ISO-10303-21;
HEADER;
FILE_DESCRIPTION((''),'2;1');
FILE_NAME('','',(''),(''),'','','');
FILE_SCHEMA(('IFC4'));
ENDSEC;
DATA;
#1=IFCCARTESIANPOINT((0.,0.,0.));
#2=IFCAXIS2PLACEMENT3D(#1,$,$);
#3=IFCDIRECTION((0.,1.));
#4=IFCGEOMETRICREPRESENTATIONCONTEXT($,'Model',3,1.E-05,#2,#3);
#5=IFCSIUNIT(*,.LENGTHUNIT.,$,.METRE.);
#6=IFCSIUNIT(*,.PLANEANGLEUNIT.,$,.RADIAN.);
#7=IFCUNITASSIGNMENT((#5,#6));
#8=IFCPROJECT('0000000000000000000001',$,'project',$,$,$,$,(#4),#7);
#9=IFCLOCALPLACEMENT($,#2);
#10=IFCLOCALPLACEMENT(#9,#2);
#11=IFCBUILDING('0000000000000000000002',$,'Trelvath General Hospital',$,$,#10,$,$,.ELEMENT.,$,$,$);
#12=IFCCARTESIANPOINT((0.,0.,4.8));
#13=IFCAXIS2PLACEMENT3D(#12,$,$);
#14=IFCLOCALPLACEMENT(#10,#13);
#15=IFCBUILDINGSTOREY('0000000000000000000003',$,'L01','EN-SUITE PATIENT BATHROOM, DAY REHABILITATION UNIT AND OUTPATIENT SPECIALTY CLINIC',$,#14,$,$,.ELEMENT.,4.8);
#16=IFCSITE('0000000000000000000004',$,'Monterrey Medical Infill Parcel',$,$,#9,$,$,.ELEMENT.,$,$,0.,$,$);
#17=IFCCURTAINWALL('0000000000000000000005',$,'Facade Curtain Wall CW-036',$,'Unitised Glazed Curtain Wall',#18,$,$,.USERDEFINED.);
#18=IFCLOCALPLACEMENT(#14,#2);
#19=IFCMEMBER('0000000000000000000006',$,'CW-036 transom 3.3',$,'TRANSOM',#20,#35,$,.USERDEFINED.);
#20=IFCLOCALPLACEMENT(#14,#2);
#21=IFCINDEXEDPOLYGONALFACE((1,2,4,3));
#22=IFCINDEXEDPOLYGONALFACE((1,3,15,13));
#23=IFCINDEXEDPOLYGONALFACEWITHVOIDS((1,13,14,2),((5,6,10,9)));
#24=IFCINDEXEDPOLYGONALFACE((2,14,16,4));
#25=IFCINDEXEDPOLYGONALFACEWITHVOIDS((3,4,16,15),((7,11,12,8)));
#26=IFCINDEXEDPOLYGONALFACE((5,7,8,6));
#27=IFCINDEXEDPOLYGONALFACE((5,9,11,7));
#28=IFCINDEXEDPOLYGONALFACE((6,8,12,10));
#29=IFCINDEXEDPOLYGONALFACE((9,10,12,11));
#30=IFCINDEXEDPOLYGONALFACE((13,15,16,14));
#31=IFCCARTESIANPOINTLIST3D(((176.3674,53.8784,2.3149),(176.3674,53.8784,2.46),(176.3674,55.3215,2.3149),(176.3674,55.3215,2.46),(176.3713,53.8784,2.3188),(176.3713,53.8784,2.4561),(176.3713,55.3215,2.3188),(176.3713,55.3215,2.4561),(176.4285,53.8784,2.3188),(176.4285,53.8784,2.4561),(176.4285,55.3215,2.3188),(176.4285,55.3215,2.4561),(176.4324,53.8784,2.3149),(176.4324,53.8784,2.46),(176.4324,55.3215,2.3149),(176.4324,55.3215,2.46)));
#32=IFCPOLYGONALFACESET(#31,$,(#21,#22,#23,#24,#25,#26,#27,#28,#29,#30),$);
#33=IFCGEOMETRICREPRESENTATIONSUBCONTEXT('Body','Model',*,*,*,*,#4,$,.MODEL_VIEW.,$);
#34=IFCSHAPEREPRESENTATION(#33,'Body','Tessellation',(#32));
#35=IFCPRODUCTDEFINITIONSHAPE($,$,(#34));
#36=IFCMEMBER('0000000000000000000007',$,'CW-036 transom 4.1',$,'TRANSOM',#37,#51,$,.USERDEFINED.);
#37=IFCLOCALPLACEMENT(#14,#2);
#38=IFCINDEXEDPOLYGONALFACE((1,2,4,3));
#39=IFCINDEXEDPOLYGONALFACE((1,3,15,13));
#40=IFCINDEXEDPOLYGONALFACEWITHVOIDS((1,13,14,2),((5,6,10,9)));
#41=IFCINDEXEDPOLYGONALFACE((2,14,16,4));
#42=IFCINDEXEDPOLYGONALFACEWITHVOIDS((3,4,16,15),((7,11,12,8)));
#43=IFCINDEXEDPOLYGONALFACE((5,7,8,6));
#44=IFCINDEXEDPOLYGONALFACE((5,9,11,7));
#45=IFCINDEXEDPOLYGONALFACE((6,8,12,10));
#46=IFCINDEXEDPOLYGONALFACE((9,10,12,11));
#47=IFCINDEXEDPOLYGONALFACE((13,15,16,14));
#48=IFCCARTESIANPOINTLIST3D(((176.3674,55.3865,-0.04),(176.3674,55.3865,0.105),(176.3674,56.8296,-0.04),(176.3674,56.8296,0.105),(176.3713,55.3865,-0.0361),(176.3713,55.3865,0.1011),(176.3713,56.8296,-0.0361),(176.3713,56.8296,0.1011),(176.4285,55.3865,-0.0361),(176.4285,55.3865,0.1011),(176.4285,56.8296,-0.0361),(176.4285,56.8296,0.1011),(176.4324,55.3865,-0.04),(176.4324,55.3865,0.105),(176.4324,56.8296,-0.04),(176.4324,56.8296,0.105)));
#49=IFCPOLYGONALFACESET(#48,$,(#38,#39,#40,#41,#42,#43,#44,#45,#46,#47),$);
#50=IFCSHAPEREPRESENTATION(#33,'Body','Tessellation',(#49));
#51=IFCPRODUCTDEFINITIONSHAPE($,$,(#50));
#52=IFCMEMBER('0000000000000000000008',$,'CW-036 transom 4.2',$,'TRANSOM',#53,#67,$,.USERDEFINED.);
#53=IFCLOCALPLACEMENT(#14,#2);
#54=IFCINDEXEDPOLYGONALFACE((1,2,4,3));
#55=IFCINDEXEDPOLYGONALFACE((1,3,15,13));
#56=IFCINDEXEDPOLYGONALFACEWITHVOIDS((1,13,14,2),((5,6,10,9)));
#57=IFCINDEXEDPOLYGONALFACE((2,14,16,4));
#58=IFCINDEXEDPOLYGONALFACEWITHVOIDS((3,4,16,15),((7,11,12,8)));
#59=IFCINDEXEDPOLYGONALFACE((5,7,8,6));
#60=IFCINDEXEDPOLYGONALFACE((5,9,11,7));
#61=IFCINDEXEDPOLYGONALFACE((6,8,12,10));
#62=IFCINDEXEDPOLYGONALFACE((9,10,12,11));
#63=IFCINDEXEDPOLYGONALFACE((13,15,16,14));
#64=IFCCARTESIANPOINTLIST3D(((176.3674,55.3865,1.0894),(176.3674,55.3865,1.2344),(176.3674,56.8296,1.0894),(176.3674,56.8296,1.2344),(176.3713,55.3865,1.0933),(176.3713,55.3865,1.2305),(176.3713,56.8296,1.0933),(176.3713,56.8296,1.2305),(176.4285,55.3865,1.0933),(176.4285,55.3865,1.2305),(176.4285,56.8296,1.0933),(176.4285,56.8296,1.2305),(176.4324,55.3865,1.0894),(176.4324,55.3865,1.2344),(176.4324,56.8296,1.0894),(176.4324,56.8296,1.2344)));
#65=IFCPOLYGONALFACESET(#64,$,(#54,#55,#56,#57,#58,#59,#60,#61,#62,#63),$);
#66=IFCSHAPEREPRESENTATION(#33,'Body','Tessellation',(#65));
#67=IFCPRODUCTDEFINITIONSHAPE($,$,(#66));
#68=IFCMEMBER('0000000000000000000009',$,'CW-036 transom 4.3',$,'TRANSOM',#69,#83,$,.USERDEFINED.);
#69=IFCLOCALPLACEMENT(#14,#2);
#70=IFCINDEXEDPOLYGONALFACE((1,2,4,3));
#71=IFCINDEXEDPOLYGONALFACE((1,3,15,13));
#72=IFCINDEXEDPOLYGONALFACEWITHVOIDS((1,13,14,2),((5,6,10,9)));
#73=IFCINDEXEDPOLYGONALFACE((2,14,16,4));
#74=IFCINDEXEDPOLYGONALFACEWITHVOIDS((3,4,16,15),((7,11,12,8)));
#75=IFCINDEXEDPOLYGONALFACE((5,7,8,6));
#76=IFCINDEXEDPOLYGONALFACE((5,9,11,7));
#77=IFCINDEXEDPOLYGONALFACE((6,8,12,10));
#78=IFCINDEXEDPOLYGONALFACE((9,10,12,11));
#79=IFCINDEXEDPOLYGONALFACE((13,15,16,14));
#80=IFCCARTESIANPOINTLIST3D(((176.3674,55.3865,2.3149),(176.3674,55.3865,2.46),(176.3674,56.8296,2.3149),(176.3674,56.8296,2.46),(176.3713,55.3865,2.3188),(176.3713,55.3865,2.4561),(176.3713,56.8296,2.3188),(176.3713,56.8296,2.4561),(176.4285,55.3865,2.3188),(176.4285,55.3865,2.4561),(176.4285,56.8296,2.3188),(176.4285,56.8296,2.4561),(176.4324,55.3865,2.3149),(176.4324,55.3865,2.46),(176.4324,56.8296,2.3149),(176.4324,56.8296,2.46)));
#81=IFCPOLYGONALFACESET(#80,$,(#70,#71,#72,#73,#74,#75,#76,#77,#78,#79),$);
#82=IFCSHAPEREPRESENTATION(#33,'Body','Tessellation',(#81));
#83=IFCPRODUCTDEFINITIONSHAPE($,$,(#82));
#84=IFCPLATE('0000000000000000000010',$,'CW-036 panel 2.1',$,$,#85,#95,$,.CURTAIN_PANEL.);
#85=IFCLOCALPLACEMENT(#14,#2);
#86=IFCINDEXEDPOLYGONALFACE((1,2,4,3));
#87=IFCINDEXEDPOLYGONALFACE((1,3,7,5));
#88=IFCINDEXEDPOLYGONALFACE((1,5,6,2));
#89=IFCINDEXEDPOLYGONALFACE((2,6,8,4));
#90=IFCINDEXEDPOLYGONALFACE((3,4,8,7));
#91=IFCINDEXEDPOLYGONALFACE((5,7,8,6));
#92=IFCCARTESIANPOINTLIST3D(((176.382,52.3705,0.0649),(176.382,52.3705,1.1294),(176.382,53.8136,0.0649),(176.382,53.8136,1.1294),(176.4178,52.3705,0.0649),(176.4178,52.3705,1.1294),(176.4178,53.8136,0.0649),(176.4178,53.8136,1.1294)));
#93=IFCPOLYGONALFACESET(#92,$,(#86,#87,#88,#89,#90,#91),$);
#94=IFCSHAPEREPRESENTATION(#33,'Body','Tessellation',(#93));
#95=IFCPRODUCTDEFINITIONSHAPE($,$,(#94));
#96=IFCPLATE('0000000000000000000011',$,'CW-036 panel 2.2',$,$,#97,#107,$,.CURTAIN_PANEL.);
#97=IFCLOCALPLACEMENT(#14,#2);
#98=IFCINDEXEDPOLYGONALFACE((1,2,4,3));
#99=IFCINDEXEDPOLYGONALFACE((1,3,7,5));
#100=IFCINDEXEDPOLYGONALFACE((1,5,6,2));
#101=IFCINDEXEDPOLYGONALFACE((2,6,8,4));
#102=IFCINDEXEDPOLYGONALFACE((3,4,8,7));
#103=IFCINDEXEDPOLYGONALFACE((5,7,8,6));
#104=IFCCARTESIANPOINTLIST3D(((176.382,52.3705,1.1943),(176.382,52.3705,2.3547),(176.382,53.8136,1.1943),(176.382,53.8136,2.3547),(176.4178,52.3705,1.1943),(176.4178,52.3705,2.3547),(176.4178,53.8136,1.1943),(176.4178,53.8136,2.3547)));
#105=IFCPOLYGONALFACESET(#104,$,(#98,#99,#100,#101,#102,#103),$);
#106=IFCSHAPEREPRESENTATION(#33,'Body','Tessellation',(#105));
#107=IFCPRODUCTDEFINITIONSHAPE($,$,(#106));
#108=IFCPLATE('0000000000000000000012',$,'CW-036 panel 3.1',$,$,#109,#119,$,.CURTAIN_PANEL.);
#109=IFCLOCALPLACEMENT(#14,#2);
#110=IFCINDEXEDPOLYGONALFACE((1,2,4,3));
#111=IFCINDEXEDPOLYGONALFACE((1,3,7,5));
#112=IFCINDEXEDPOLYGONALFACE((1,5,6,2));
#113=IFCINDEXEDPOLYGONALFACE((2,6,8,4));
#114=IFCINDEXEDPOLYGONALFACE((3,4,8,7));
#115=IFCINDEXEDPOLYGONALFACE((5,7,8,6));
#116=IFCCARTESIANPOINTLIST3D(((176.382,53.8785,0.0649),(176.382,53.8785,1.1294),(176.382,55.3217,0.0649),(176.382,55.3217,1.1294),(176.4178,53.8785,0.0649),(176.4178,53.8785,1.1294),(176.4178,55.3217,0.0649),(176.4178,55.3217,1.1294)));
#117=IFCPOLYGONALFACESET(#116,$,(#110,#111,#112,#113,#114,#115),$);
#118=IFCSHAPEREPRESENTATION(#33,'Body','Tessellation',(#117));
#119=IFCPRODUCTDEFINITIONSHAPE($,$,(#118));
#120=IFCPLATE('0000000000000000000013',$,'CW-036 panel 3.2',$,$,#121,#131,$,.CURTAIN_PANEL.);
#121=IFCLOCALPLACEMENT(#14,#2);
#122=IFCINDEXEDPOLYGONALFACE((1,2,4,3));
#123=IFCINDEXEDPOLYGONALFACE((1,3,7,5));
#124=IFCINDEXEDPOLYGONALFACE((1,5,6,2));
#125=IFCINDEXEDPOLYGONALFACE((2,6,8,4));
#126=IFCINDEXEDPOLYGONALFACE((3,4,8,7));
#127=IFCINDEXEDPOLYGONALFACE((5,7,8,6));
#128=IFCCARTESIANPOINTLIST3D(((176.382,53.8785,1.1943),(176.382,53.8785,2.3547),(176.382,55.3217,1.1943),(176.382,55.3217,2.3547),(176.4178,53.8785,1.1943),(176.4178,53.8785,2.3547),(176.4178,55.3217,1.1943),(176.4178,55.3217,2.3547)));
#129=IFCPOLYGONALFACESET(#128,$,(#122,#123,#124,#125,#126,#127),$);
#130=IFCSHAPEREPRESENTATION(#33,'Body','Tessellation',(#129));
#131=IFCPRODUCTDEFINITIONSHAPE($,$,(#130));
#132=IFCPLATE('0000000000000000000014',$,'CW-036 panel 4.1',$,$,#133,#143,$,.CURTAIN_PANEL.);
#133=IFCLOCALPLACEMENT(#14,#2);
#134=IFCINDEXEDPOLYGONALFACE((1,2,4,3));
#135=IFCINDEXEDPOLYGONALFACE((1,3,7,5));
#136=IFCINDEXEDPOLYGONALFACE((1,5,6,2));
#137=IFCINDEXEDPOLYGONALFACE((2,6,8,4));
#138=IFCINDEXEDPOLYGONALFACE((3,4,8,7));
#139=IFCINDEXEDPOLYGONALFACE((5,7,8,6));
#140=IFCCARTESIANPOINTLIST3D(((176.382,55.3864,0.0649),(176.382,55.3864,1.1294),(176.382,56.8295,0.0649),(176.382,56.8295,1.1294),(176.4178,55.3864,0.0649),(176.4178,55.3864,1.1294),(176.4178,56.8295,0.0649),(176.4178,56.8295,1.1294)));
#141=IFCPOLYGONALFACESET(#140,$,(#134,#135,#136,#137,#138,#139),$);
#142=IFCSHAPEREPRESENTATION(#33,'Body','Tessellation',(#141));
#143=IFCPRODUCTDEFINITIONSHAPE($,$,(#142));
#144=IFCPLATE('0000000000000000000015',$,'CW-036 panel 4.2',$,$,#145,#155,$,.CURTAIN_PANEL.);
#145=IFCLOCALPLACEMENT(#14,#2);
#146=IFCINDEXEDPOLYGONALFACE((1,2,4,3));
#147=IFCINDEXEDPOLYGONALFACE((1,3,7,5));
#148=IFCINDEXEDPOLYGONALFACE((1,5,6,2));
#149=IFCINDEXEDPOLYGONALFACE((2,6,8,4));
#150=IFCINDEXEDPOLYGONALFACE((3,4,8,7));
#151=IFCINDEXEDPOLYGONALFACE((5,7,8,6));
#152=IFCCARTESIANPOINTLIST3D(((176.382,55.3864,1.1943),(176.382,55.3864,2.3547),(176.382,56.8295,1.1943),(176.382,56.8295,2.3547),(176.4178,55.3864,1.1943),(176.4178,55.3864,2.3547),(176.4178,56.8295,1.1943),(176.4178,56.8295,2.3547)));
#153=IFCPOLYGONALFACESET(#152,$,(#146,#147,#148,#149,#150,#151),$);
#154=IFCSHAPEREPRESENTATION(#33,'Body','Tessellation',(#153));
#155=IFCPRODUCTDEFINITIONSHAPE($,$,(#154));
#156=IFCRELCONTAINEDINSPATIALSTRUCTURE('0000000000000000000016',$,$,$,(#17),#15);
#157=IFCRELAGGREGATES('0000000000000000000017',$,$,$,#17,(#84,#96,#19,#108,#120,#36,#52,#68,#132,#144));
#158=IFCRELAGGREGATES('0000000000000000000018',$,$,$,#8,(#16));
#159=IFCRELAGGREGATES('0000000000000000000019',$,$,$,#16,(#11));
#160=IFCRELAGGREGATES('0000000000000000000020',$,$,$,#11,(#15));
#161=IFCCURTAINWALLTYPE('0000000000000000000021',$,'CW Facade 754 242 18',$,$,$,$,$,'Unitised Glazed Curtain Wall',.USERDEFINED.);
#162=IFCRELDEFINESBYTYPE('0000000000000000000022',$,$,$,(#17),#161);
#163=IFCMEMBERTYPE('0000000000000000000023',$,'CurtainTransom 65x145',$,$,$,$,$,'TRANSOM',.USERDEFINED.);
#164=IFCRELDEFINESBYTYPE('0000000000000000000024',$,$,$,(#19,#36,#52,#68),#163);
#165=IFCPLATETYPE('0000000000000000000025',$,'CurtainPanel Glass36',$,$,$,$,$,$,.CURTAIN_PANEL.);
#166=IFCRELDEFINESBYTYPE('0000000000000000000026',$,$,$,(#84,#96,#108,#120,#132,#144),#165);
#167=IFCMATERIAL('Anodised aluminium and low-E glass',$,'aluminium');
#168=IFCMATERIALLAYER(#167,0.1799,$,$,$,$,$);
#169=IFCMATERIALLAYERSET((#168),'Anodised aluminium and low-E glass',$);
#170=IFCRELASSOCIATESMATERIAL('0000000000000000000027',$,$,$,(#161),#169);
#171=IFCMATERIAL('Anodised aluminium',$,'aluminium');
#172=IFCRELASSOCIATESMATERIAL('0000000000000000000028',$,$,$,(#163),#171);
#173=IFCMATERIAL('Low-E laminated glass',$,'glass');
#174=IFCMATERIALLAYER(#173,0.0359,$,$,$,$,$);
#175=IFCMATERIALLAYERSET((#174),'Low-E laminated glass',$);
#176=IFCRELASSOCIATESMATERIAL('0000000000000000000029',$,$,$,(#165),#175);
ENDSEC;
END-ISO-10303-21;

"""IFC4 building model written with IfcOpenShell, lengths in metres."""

from ifc_helpers import new_model, si_unit, direction, frame, origin, origin_2d, place, context, subcontext, project, spatial, rectangle, hollow_rectangle, extrude, material, layer, layer_set, material_profile, profile_set, type_object, element, aggregate, save


model = new_model("IFC4")

# Units and contexts
model_context = context("Model", 3, precision=1e-05, world=origin(), true_north=direction((0.0, 1.0)))
body_context = subcontext(model_context, "Body", "Model", "MODEL_VIEW")
ifc_project = project(units=[si_unit("LENGTHUNIT", "METRE"), si_unit("PLANEANGLEUNIT", "RADIAN")], contexts=[model_context])

# Site, building, storey
site_placement = place(None, origin())
site = spatial("IfcSite", under=ifc_project, at=site_placement, Name="Monterrey Medical Infill Parcel", CompositionType="ELEMENT", RefElevation=0.0)
building_placement = place(site_placement, origin())
building = spatial("IfcBuilding", under=site, at=building_placement, Name="Trelvath General Hospital", CompositionType="ELEMENT")
storey_placement = place(building_placement, frame((0.0, 0.0, 4.8)))
storey = spatial("IfcBuildingStorey", under=building, at=storey_placement, Name="L01", Description="EN-SUITE PATIENT BATHROOM, DAY REHABILITATION UNIT AND OUTPATIENT SPECIALTY CLINIC", CompositionType="ELEMENT", Elevation=4.8)

# Curtain wall, members, plates
ifc_material_1 = material(Name="Anodised aluminium and low-E glass", Category="aluminium")
ifc_layer_1 = layer(ifc_material_1, 0.1799)
ifc_layer_set_1 = layer_set([ifc_layer_1], Name="Anodised aluminium and low-E glass")
curtain_wall_type = type_object("IfcCurtainWallType", Name="CW Facade 754 242 18", ElementType="Unitised Glazed Curtain Wall", PredefinedType="USERDEFINED", material=ifc_layer_set_1)
curtain_wall_placement = place(storey_placement, origin())
curtain_wall = element("IfcCurtainWall", 1, at=curtain_wall_placement, inside=storey, type_object=curtain_wall_type, Name="Facade Curtain Wall CW-036", ObjectType="Unitised Glazed Curtain Wall", PredefinedType="USERDEFINED")
ifc_material_2 = material(Name="Anodised aluminium", Category="aluminium")
ifc_material_profile_1 = material_profile(ifc_material_2, hollow_rectangle(XDim=0.0649, YDim=0.145, WallThickness=0.0039, at=origin_2d()), Name="RHS65x145x4")
ifc_profile_set_1 = profile_set([ifc_material_profile_1], Name="Anodised aluminium")
member_type_1 = type_object("IfcMemberType", Name="CurtainTransom 65x145", ElementType="TRANSOM", PredefinedType="USERDEFINED", material=ifc_profile_set_1)
member_1_placement = place(storey_placement, frame((176.3999, 53.8784, 2.3875), z_axis=(0.0, 1.0, 0.0), x_axis=(-1.0, 0.0, 0.0)))
member_1 = element("IfcMember", 2, at=member_1_placement, type_object=member_type_1, Name="CW-036 transom 3.3", ObjectType="TRANSOM", PredefinedType="USERDEFINED", context=body_context, shape_type="SweptSolid", body=[
    extrude(hollow_rectangle(XDim=0.0649, YDim=0.145, WallThickness=0.0039, at=origin_2d()), origin(), (0.0, 0.0, 1.0), 1.4431),
])
member_2_placement = place(storey_placement, frame((176.3999, 55.3865, 0.0325), z_axis=(0.0, 1.0, 0.0), x_axis=(-1.0, 0.0, 0.0)))
member_2 = element("IfcMember", 3, at=member_2_placement, type_object=member_type_1, Name="CW-036 transom 4.1", ObjectType="TRANSOM", PredefinedType="USERDEFINED", context=body_context, shape_type="SweptSolid", body=[
    extrude(hollow_rectangle(XDim=0.0649, YDim=0.145, WallThickness=0.0039, at=origin_2d()), origin(), (0.0, 0.0, 1.0), 1.4431),
])
member_3_placement = place(storey_placement, frame((176.3999, 55.3865, 1.1619), z_axis=(0.0, 1.0, 0.0), x_axis=(-1.0, 0.0, 0.0)))
member_3 = element("IfcMember", 4, at=member_3_placement, type_object=member_type_1, Name="CW-036 transom 4.2", ObjectType="TRANSOM", PredefinedType="USERDEFINED", context=body_context, shape_type="SweptSolid", body=[
    extrude(hollow_rectangle(XDim=0.0649, YDim=0.145, WallThickness=0.0039, at=origin_2d()), origin(), (0.0, 0.0, 1.0), 1.4431),
])
member_4_placement = place(storey_placement, frame((176.3999, 55.3865, 2.3875), z_axis=(0.0, 1.0, 0.0), x_axis=(-1.0, 0.0, 0.0)))
member_4 = element("IfcMember", 5, at=member_4_placement, type_object=member_type_1, Name="CW-036 transom 4.3", ObjectType="TRANSOM", PredefinedType="USERDEFINED", context=body_context, shape_type="SweptSolid", body=[
    extrude(hollow_rectangle(XDim=0.0649, YDim=0.145, WallThickness=0.0039, at=origin_2d()), origin(), (0.0, 0.0, 1.0), 1.4431),
])
ifc_material_3 = material(Name="Low-E laminated glass", Category="glass")
ifc_layer_2 = layer(ifc_material_3, 0.0359)
ifc_layer_set_2 = layer_set([ifc_layer_2], Name="Low-E laminated glass")
plate_type = type_object("IfcPlateType", Name="CurtainPanel Glass36", PredefinedType="CURTAIN_PANEL", material=ifc_layer_set_2)
plate_1_placement = place(storey_placement, frame((176.3999, 53.092, 0.0649), z_axis=(0.0, 0.0, 1.0), x_axis=(0.0, 1.0, 0.0)))
plate_1 = element("IfcPlate", 6, at=plate_1_placement, type_object=plate_type, Name="CW-036 panel 2.1", PredefinedType="CURTAIN_PANEL", context=body_context, shape_type="SweptSolid", body=[
    extrude(rectangle(XDim=1.4431, YDim=0.0359, at=origin_2d()), origin(), (0.0, 0.0, 1.0), 1.0645),
])
plate_2_placement = place(storey_placement, frame((176.3999, 53.092, 1.1943), z_axis=(0.0, 0.0, 1.0), x_axis=(0.0, 1.0, 0.0)))
plate_2 = element("IfcPlate", 7, at=plate_2_placement, type_object=plate_type, Name="CW-036 panel 2.2", PredefinedType="CURTAIN_PANEL", context=body_context, shape_type="SweptSolid", body=[
    extrude(rectangle(XDim=1.4431, YDim=0.0359, at=origin_2d()), origin(), (0.0, 0.0, 1.0), 1.1604),
])
plate_3_placement = place(storey_placement, frame((176.3999, 54.6001, 0.0649), z_axis=(0.0, 0.0, 1.0), x_axis=(0.0, 1.0, 0.0)))
plate_3 = element("IfcPlate", 8, at=plate_3_placement, type_object=plate_type, Name="CW-036 panel 3.1", PredefinedType="CURTAIN_PANEL", context=body_context, shape_type="SweptSolid", body=[
    extrude(rectangle(XDim=1.4431, YDim=0.0359, at=origin_2d()), origin(), (0.0, 0.0, 1.0), 1.0645),
])
plate_4_placement = place(storey_placement, frame((176.3999, 54.6001, 1.1943), z_axis=(0.0, 0.0, 1.0), x_axis=(0.0, 1.0, 0.0)))
plate_4 = element("IfcPlate", 9, at=plate_4_placement, type_object=plate_type, Name="CW-036 panel 3.2", PredefinedType="CURTAIN_PANEL", context=body_context, shape_type="SweptSolid", body=[
    extrude(rectangle(XDim=1.4431, YDim=0.0359, at=origin_2d()), origin(), (0.0, 0.0, 1.0), 1.1604),
])
plate_5_placement = place(storey_placement, frame((176.3999, 56.1079, 0.0649), z_axis=(0.0, 0.0, 1.0), x_axis=(0.0, 1.0, 0.0)))
plate_5 = element("IfcPlate", 10, at=plate_5_placement, type_object=plate_type, Name="CW-036 panel 4.1", PredefinedType="CURTAIN_PANEL", context=body_context, shape_type="SweptSolid", body=[
    extrude(rectangle(XDim=1.4431, YDim=0.0359, at=origin_2d()), origin(), (0.0, 0.0, 1.0), 1.0645),
])
plate_6_placement = place(storey_placement, frame((176.3999, 56.1079, 1.1943), z_axis=(0.0, 0.0, 1.0), x_axis=(0.0, 1.0, 0.0)))
plate_6 = element("IfcPlate", 11, at=plate_6_placement, type_object=plate_type, Name="CW-036 panel 4.2", PredefinedType="CURTAIN_PANEL", context=body_context, shape_type="SweptSolid", body=[
    extrude(rectangle(XDim=1.4431, YDim=0.0359, at=origin_2d()), origin(), (0.0, 0.0, 1.0), 1.1604),
])
aggregate(curtain_wall, [plate_1, plate_2, member_1, plate_3, plate_4, member_2, member_3, member_4, plate_5, plate_6])

save(model, "model.ifc")
